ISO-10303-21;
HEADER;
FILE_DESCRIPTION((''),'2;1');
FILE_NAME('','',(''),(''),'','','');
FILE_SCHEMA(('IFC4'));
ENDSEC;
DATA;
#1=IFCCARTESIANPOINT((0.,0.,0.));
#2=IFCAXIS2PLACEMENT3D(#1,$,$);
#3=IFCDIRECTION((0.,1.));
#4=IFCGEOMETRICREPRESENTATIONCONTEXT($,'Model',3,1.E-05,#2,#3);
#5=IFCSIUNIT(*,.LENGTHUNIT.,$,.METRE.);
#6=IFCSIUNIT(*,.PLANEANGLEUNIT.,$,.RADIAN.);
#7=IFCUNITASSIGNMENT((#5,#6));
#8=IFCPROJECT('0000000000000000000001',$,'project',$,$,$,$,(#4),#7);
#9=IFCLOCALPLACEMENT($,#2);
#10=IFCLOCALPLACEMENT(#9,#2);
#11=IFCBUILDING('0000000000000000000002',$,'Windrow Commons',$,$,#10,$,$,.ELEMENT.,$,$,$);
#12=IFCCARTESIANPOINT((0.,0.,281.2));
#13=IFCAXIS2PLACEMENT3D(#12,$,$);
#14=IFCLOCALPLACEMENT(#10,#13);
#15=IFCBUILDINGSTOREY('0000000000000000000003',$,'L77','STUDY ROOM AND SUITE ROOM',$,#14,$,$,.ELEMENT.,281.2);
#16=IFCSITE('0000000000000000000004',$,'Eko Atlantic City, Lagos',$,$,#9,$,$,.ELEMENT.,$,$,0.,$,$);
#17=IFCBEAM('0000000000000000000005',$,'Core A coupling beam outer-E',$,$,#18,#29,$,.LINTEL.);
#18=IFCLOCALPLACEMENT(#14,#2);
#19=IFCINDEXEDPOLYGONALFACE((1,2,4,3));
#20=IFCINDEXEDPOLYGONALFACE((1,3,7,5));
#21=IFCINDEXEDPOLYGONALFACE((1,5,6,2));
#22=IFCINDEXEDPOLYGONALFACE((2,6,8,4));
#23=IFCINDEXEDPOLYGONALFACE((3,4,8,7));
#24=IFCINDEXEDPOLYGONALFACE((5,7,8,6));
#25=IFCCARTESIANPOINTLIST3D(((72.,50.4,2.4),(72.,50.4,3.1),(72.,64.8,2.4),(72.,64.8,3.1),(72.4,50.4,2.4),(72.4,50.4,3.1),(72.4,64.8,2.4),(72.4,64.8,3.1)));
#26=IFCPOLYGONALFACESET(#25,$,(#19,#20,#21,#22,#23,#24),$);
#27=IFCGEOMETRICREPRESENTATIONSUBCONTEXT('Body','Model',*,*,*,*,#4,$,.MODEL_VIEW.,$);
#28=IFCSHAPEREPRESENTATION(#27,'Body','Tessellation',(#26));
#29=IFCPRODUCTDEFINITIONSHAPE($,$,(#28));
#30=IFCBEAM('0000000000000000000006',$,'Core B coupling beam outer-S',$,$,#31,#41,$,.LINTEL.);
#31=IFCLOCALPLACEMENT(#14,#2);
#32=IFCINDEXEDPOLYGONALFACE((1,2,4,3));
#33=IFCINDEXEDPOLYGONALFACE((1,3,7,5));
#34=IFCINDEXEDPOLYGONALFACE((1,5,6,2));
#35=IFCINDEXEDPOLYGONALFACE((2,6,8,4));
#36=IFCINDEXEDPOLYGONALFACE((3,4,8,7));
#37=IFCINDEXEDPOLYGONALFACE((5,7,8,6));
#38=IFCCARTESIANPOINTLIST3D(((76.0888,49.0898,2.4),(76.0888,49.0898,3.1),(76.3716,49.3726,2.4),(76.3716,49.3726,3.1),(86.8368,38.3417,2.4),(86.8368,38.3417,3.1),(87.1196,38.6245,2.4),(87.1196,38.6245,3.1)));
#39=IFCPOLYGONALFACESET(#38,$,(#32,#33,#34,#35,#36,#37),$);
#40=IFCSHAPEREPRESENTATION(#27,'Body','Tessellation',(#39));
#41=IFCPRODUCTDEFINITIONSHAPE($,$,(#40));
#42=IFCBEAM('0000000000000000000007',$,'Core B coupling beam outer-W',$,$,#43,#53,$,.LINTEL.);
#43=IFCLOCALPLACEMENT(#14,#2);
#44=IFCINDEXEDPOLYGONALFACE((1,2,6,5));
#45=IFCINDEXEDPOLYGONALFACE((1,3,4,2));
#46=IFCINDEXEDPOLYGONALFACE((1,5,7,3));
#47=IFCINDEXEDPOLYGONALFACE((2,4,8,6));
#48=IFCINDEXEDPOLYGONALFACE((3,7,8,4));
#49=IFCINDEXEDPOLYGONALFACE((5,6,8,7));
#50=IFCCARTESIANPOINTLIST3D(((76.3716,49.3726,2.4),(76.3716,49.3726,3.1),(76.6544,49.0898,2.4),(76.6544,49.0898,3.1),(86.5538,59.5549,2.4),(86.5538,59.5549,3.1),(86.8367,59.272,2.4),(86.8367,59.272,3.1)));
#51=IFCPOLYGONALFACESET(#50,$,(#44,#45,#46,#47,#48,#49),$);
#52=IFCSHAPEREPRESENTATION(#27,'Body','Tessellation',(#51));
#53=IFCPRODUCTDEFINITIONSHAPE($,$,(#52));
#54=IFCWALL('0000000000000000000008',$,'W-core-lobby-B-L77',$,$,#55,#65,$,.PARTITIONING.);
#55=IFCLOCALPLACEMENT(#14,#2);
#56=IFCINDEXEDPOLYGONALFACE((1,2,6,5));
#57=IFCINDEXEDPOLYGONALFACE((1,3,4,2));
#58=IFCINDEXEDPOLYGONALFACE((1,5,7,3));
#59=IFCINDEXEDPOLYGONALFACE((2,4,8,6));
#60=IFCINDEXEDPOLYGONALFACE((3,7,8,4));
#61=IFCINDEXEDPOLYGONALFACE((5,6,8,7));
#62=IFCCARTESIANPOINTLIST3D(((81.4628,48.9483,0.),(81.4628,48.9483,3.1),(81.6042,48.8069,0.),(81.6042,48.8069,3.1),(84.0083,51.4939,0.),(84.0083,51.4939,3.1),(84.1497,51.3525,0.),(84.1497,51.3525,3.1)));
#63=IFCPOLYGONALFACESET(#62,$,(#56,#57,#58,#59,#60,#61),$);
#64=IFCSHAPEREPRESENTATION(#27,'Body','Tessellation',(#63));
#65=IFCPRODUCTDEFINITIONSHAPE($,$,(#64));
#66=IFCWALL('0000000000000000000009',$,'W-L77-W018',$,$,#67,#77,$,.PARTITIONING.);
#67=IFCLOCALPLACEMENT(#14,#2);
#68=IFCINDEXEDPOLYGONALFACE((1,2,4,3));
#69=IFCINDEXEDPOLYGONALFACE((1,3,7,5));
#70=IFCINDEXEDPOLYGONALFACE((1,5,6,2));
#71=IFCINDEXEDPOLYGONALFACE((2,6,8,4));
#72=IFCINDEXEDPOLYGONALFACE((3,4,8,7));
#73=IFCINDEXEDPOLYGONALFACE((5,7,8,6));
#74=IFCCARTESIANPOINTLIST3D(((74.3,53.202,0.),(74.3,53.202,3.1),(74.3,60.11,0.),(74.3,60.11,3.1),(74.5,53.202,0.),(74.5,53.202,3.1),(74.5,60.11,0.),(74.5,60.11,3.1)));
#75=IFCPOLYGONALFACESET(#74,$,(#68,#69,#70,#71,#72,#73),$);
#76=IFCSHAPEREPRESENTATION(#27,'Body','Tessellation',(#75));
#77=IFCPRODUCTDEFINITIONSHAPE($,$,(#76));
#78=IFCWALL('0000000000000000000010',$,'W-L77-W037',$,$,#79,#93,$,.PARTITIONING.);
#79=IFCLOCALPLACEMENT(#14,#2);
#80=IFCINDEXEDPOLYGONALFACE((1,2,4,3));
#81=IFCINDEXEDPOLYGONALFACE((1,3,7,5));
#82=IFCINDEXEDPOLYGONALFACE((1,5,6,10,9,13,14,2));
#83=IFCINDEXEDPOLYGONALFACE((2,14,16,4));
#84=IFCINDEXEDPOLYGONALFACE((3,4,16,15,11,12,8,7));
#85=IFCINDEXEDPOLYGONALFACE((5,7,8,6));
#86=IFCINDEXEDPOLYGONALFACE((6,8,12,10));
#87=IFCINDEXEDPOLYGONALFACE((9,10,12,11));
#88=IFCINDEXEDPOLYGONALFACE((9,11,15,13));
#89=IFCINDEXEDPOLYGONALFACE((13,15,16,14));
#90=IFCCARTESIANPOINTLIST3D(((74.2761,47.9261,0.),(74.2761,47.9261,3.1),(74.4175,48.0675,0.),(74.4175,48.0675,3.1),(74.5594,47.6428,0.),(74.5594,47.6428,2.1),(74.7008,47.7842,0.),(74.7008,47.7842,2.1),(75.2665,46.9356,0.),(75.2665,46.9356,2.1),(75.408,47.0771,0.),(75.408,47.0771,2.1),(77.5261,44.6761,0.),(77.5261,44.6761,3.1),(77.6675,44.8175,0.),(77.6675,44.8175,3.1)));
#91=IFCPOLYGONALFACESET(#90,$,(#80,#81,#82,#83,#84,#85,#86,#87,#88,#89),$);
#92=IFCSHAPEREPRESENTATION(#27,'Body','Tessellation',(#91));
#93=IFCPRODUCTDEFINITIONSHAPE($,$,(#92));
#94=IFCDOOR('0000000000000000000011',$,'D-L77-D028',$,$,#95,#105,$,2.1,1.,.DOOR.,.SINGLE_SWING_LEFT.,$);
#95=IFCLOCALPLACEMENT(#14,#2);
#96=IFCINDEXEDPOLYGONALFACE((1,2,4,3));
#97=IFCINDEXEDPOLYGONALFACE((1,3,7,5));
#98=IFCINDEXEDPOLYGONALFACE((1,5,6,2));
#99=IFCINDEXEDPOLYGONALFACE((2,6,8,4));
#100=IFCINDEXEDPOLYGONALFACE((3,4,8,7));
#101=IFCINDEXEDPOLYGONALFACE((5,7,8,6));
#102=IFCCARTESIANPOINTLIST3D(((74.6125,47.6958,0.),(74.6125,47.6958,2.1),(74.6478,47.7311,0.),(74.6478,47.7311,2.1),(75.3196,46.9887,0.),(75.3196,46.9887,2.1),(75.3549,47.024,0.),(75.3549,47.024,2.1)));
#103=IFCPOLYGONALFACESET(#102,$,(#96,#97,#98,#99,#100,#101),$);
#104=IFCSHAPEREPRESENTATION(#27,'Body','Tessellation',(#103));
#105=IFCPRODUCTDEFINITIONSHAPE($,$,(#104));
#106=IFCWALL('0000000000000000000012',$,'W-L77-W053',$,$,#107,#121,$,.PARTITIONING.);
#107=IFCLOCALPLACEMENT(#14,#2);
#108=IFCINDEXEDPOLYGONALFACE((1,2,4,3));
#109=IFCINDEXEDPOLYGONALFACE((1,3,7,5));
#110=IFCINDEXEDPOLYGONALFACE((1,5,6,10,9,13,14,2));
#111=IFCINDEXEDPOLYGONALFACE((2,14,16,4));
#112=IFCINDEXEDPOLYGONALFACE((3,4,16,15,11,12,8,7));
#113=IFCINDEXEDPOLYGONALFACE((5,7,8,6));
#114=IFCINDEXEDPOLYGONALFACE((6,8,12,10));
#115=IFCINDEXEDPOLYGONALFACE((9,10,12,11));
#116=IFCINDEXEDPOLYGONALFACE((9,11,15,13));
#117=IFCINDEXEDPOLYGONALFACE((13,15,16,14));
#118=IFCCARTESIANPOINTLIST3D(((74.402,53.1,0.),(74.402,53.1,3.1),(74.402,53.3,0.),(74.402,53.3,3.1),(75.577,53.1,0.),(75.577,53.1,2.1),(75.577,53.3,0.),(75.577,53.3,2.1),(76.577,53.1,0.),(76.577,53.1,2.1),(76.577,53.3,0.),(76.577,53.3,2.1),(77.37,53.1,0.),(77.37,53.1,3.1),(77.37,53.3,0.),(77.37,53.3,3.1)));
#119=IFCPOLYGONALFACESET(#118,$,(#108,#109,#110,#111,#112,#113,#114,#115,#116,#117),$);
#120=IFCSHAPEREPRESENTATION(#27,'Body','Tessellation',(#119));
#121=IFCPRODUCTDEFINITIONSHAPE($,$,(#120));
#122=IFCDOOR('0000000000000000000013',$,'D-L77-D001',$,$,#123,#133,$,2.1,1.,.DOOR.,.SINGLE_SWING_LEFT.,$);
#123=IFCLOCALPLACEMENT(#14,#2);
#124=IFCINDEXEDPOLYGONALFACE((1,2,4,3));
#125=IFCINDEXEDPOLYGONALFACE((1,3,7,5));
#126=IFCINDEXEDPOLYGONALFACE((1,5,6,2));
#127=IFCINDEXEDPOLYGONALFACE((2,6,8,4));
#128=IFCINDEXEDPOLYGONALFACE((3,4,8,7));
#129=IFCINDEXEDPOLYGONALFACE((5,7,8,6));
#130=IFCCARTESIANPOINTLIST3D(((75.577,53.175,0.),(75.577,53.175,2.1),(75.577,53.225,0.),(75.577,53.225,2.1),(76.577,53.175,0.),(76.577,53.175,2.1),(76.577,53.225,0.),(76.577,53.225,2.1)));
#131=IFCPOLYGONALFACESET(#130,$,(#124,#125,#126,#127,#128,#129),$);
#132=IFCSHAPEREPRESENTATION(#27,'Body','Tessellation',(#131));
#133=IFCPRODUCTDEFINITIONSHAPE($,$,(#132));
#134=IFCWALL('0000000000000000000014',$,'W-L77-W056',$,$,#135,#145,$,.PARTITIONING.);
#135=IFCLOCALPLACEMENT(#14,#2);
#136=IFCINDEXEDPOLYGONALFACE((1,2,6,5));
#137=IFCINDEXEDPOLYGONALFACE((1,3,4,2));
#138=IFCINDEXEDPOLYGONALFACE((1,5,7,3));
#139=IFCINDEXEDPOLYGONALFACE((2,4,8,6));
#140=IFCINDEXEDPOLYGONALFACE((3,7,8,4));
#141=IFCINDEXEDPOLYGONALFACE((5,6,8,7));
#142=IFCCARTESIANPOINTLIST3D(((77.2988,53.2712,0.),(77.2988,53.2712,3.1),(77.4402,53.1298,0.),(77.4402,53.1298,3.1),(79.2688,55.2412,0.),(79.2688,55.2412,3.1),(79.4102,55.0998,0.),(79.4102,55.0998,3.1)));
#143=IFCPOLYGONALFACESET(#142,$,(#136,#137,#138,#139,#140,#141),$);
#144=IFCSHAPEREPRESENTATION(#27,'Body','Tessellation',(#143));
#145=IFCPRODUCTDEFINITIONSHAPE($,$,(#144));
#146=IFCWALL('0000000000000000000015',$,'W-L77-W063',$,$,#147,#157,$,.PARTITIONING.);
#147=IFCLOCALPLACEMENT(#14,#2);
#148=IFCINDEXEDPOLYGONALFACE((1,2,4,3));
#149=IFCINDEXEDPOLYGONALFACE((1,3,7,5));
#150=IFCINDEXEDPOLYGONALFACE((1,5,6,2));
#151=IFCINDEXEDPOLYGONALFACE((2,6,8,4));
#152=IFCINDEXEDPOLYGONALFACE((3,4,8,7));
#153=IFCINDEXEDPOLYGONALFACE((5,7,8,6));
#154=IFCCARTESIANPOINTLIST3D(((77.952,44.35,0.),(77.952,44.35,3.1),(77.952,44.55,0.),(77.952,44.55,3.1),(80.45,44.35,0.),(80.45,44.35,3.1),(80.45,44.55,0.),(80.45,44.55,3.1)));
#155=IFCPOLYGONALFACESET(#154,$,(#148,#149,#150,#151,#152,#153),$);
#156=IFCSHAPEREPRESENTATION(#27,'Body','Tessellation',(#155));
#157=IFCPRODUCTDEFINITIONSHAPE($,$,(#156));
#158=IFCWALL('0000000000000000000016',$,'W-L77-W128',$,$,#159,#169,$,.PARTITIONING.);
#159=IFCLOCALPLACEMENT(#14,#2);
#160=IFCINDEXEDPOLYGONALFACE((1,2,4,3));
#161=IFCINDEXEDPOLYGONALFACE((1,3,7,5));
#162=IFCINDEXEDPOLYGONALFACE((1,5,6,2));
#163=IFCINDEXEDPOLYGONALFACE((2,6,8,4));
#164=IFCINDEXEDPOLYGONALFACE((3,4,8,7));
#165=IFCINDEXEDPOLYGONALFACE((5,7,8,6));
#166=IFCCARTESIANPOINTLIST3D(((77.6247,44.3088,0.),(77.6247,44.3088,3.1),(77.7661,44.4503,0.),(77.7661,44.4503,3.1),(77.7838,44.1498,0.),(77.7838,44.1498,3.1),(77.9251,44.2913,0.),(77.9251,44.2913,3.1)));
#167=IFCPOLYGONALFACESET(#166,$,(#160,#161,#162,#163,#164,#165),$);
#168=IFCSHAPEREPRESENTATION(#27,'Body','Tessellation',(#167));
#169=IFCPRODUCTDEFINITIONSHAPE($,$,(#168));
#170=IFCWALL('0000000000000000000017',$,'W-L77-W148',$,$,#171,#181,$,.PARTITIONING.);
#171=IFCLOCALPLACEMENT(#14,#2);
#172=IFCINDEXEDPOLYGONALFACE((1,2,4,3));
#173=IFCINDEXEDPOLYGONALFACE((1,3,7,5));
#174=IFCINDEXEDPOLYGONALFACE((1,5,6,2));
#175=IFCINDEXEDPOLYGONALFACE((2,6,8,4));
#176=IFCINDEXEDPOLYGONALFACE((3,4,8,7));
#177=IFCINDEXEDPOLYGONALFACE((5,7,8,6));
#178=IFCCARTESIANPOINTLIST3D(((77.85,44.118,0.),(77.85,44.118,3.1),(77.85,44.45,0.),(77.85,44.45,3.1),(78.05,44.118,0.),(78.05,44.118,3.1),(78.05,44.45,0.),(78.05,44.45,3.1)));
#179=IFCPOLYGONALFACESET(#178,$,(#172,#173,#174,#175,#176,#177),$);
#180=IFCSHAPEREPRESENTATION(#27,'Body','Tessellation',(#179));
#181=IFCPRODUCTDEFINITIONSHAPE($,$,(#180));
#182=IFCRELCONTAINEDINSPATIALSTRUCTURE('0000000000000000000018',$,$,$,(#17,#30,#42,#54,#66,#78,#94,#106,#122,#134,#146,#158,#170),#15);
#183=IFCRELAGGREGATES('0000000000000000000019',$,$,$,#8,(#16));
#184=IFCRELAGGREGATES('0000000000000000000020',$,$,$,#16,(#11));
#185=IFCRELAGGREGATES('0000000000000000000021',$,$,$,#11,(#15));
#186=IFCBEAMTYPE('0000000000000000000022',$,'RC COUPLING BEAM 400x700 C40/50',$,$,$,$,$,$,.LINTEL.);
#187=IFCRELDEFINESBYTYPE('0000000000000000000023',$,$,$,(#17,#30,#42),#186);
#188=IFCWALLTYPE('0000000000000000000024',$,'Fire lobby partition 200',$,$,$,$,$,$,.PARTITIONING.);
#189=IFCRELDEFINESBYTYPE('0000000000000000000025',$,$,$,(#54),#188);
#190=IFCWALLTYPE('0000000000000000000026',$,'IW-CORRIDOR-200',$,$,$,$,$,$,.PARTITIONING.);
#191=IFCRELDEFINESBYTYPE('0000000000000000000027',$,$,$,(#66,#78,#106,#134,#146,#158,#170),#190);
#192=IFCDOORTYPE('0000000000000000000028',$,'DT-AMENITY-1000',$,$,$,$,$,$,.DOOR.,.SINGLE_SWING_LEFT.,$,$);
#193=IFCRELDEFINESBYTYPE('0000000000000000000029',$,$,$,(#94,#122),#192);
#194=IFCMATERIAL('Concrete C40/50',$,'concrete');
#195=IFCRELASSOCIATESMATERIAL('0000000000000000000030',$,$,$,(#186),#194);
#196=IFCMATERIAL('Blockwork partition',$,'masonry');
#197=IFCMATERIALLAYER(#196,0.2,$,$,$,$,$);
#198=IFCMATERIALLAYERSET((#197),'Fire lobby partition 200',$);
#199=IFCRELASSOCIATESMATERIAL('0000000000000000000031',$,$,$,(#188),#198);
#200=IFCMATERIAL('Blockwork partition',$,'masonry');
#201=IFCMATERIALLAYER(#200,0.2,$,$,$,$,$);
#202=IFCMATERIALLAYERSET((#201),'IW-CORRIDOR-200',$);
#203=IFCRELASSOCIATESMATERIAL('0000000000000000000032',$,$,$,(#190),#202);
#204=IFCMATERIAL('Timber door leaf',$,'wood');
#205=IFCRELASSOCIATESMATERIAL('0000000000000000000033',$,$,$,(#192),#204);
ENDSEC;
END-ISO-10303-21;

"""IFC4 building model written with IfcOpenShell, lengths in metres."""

from ifc_helpers import new_model, si_unit, direction, frame, frame_2d, origin, origin_2d, place, context, subcontext, project, spatial, rectangle, extrude, material, layer, layer_set, material_profile, profile_set, type_object, element, fill, save


model = new_model("IFC4")

# Units and contexts
model_context = context("Model", 3, precision=1e-05, world=origin(), true_north=direction((0.0, 1.0)))
body_context = subcontext(model_context, "Body", "Model", "MODEL_VIEW")
ifc_project = project(units=[si_unit("LENGTHUNIT", "METRE"), si_unit("PLANEANGLEUNIT", "RADIAN")], contexts=[model_context])

# Site, building, storey
site_placement = place(None, origin())
site = spatial("IfcSite", under=ifc_project, at=site_placement, Name="Eko Atlantic City, Lagos", CompositionType="ELEMENT", RefElevation=0.0)
building_placement = place(site_placement, origin())
building = spatial("IfcBuilding", under=site, at=building_placement, Name="Windrow Commons", CompositionType="ELEMENT")
storey_placement = place(building_placement, frame((0.0, 0.0, 281.2)))
storey = spatial("IfcBuildingStorey", under=building, at=storey_placement, Name="L77", Description="STUDY ROOM AND SUITE ROOM", CompositionType="ELEMENT", Elevation=281.2)

# Beams
ifc_material_1 = material(Name="Concrete C40/50", Category="concrete")
ifc_material_profile = material_profile(ifc_material_1, rectangle(XDim=0.4, YDim=0.7, at=origin_2d()))
ifc_profile_set = profile_set([ifc_material_profile], Name="Concrete C40/50")
beam_type = type_object("IfcBeamType", Name="RC COUPLING BEAM 400x700 C40/50", PredefinedType="LINTEL", material=ifc_profile_set)
beam_1_placement = place(storey_placement, frame((72.2, 50.4, 2.75), z_axis=(0.0, 1.0, 0.0), x_axis=(-1.0, 0.0, 0.0)))
element("IfcBeam", 1, at=beam_1_placement, inside=storey, type_object=beam_type, Name="Core A coupling beam outer-E", PredefinedType="LINTEL", context=body_context, shape_type="SweptSolid", body=[
    extrude(rectangle(XDim=0.4, YDim=0.7, at=origin_2d()), origin(), (0.0, 0.0, 1.0), 14.4),
])
beam_2_placement = place(storey_placement, frame((76.2302, 49.2312, 2.75), z_axis=(0.707103, -0.70711, 0.0), x_axis=(0.70711, 0.707103, 0.0)))
element("IfcBeam", 2, at=beam_2_placement, inside=storey, type_object=beam_type, Name="Core B coupling beam outer-S", PredefinedType="LINTEL", context=body_context, shape_type="SweptSolid", body=[
    extrude(rectangle(XDim=0.4, YDim=0.7, at=origin_2d()), origin(), (0.0, 0.0, 1.0), 15.2),
])
beam_3_placement = place(storey_placement, frame((76.513, 49.2312, 2.75), z_axis=(0.707107, 0.707107, 0.0), x_axis=(-0.707107, 0.707107, 0.0)))
element("IfcBeam", 3, at=beam_3_placement, inside=storey, type_object=beam_type, Name="Core B coupling beam outer-W", PredefinedType="LINTEL", context=body_context, shape_type="SweptSolid", body=[
    extrude(rectangle(XDim=0.4, YDim=0.7, at=origin_2d()), origin(), (0.0, 0.0, 1.0), 14.3999),
])

# Walls
ifc_material_2 = material(Name="Blockwork partition", Category="masonry")
ifc_layer_1 = layer(ifc_material_2, 0.2)
ifc_layer_set_1 = layer_set([ifc_layer_1], Name="Fire lobby partition 200")
wall_type_1 = type_object("IfcWallType", Name="Fire lobby partition 200", PredefinedType="PARTITIONING", material=ifc_layer_set_1)
wall_1_placement = place(storey_placement, frame((81.5335, 48.8776, 0.0), z_axis=(0.0, 0.0, 1.0), x_axis=(0.707093, 0.707121, 0.0)))
element("IfcWall", 4, at=wall_1_placement, inside=storey, type_object=wall_type_1, Name="W-core-lobby-B-L77", PredefinedType="PARTITIONING", context=body_context, shape_type="SweptSolid", body=[
    extrude(rectangle(XDim=3.6, YDim=0.2, at=frame_2d((1.8, 0.0))), origin(), (0.0, 0.0, 1.0), 3.1),
])
ifc_material_3 = material(Name="Blockwork partition", Category="masonry")
ifc_layer_2 = layer(ifc_material_3, 0.2)
ifc_layer_set_2 = layer_set([ifc_layer_2], Name="IW-CORRIDOR-200")
wall_type_2 = type_object("IfcWallType", Name="IW-CORRIDOR-200", PredefinedType="PARTITIONING", material=ifc_layer_set_2)
wall_2_placement = place(storey_placement, frame((74.4, 53.202, 0.0), z_axis=(0.0, 0.0, 1.0), x_axis=(0.0, 1.0, 0.0)))
element("IfcWall", 5, at=wall_2_placement, inside=storey, type_object=wall_type_2, Name="W-L77-W018", PredefinedType="PARTITIONING", context=body_context, shape_type="SweptSolid", body=[
    extrude(rectangle(XDim=6.908, YDim=0.2, at=frame_2d((3.454, 0.0))), origin(), (0.0, 0.0, 1.0), 3.1),
])

# Walls, openings, doors
wall_3_placement = place(storey_placement, frame((74.3468, 47.9968, 0.0), z_axis=(0.0, 0.0, 1.0), x_axis=(0.707107, -0.707107, 0.0)))
wall_3 = element("IfcWall", 6, at=wall_3_placement, inside=storey, type_object=wall_type_2, Name="W-L77-W037", PredefinedType="PARTITIONING", context=body_context, shape_type="SweptSolid", body=[
    extrude(rectangle(XDim=4.5962, YDim=0.2, at=frame_2d((2.2981, 0.0))), origin(), (0.0, 0.0, 1.0), 3.1),
])
opening_1_placement = place(wall_3_placement, frame((0.4007, 0.0, 0.0)))
opening_1 = element("IfcOpeningElement", 7, at=opening_1_placement, cuts=wall_3, PredefinedType="OPENING", context=body_context, shape_type="SweptSolid", body=[
    extrude(rectangle(XDim=1.0, YDim=2.1, at=frame_2d((0.5, 1.05))), frame((0.0, 0.11, 0.0), z_axis=(0.0, -1.0, 0.0), x_axis=(1.0, 0.0, 0.0)), (0.0, 0.0, 1.0), 0.22),
])
ifc_material_4 = material(Name="Timber door leaf", Category="wood")
door_type_1 = type_object("IfcDoorType", Name="DT-AMENITY-1000", OperationType="SINGLE_SWING_LEFT", PredefinedType="DOOR", material=ifc_material_4)
door_1_placement = place(opening_1_placement, origin())
door_1 = element("IfcDoor", 8, at=door_1_placement, inside=storey, type_object=door_type_1, Name="D-L77-D028", OperationType="SINGLE_SWING_LEFT", OverallHeight=2.1, OverallWidth=1.0, PredefinedType="DOOR", context=body_context, shape_type="SweptSolid", body=[
    extrude(rectangle(XDim=1.0, YDim=2.1, at=frame_2d((0.5, 1.05))), frame((0.0, 0.025, 0.0), z_axis=(0.0, -1.0, 0.0), x_axis=(1.0, 0.0, 0.0)), (0.0, 0.0, 1.0), 0.05),
])
fill(opening_1, door_1)
wall_4_placement = place(storey_placement, frame((74.402, 53.2, 0.0), z_axis=(0.0, 0.0, 1.0), x_axis=(1.0, 0.0, 0.0)))
wall_4 = element("IfcWall", 9, at=wall_4_placement, inside=storey, type_object=wall_type_2, Name="W-L77-W053", PredefinedType="PARTITIONING", context=body_context, shape_type="SweptSolid", body=[
    extrude(rectangle(XDim=2.968, YDim=0.2, at=frame_2d((1.484, 0.0))), origin(), (0.0, 0.0, 1.0), 3.1),
])
opening_2_placement = place(wall_4_placement, frame((1.175, 0.0, 0.0)))
opening_2 = element("IfcOpeningElement", 10, at=opening_2_placement, cuts=wall_4, PredefinedType="OPENING", context=body_context, shape_type="SweptSolid", body=[
    extrude(rectangle(XDim=1.0, YDim=2.1, at=frame_2d((0.5, 1.05))), frame((0.0, 0.11, 0.0), z_axis=(0.0, -1.0, 0.0), x_axis=(1.0, 0.0, 0.0)), (0.0, 0.0, 1.0), 0.22),
])
door_2_placement = place(opening_2_placement, origin())
door_2 = element("IfcDoor", 11, at=door_2_placement, inside=storey, type_object=door_type_1, Name="D-L77-D001", OperationType="SINGLE_SWING_LEFT", OverallHeight=2.1, OverallWidth=1.0, PredefinedType="DOOR", context=body_context, shape_type="SweptSolid", body=[
    extrude(rectangle(XDim=1.0, YDim=2.1, at=frame_2d((0.5, 1.05))), frame((0.0, 0.025, 0.0), z_axis=(0.0, -1.0, 0.0), x_axis=(1.0, 0.0, 0.0)), (0.0, 0.0, 1.0), 0.05),
])
fill(opening_2, door_2)

# Walls
wall_5_placement = place(storey_placement, frame((77.3695, 53.2005, 0.0), z_axis=(0.0, 0.0, 1.0), x_axis=(0.707107, 0.707107, 0.0)))
element("IfcWall", 12, at=wall_5_placement, inside=storey, type_object=wall_type_2, Name="W-L77-W056", PredefinedType="PARTITIONING", context=body_context, shape_type="SweptSolid", body=[
    extrude(rectangle(XDim=2.786, YDim=0.2, at=frame_2d((1.393, 0.0))), origin(), (0.0, 0.0, 1.0), 3.1),
])
wall_6_placement = place(storey_placement, frame((77.952, 44.45, 0.0), z_axis=(0.0, 0.0, 1.0), x_axis=(1.0, 0.0, 0.0)))
element("IfcWall", 13, at=wall_6_placement, inside=storey, type_object=wall_type_2, Name="W-L77-W063", PredefinedType="PARTITIONING", context=body_context, shape_type="SweptSolid", body=[
    extrude(rectangle(XDim=2.498, YDim=0.2, at=frame_2d((1.249, 0.0))), origin(), (0.0, 0.0, 1.0), 3.1),
])
wall_7_placement = place(storey_placement, frame((77.6954, 44.3795, 0.0), z_axis=(0.0, 0.0, 1.0), x_axis=(0.707329, -0.706884, 0.0)))
element("IfcWall", 14, at=wall_7_placement, inside=storey, type_object=wall_type_2, Name="W-L77-W128", PredefinedType="PARTITIONING", context=body_context, shape_type="SweptSolid", body=[
    extrude(rectangle(XDim=0.2249, YDim=0.2, at=frame_2d((0.1124, 0.0))), origin(), (0.0, 0.0, 1.0), 3.1),
])
wall_8_placement = place(storey_placement, frame((77.95, 44.118, 0.0), z_axis=(0.0, 0.0, 1.0), x_axis=(0.0, 1.0, 0.0)))
element("IfcWall", 15, at=wall_8_placement, inside=storey, type_object=wall_type_2, Name="W-L77-W148", PredefinedType="PARTITIONING", context=body_context, shape_type="SweptSolid", body=[
    extrude(rectangle(XDim=0.332, YDim=0.2, at=frame_2d((0.166, 0.0))), origin(), (0.0, 0.0, 1.0), 3.1),
])

save(model, "model.ifc")
